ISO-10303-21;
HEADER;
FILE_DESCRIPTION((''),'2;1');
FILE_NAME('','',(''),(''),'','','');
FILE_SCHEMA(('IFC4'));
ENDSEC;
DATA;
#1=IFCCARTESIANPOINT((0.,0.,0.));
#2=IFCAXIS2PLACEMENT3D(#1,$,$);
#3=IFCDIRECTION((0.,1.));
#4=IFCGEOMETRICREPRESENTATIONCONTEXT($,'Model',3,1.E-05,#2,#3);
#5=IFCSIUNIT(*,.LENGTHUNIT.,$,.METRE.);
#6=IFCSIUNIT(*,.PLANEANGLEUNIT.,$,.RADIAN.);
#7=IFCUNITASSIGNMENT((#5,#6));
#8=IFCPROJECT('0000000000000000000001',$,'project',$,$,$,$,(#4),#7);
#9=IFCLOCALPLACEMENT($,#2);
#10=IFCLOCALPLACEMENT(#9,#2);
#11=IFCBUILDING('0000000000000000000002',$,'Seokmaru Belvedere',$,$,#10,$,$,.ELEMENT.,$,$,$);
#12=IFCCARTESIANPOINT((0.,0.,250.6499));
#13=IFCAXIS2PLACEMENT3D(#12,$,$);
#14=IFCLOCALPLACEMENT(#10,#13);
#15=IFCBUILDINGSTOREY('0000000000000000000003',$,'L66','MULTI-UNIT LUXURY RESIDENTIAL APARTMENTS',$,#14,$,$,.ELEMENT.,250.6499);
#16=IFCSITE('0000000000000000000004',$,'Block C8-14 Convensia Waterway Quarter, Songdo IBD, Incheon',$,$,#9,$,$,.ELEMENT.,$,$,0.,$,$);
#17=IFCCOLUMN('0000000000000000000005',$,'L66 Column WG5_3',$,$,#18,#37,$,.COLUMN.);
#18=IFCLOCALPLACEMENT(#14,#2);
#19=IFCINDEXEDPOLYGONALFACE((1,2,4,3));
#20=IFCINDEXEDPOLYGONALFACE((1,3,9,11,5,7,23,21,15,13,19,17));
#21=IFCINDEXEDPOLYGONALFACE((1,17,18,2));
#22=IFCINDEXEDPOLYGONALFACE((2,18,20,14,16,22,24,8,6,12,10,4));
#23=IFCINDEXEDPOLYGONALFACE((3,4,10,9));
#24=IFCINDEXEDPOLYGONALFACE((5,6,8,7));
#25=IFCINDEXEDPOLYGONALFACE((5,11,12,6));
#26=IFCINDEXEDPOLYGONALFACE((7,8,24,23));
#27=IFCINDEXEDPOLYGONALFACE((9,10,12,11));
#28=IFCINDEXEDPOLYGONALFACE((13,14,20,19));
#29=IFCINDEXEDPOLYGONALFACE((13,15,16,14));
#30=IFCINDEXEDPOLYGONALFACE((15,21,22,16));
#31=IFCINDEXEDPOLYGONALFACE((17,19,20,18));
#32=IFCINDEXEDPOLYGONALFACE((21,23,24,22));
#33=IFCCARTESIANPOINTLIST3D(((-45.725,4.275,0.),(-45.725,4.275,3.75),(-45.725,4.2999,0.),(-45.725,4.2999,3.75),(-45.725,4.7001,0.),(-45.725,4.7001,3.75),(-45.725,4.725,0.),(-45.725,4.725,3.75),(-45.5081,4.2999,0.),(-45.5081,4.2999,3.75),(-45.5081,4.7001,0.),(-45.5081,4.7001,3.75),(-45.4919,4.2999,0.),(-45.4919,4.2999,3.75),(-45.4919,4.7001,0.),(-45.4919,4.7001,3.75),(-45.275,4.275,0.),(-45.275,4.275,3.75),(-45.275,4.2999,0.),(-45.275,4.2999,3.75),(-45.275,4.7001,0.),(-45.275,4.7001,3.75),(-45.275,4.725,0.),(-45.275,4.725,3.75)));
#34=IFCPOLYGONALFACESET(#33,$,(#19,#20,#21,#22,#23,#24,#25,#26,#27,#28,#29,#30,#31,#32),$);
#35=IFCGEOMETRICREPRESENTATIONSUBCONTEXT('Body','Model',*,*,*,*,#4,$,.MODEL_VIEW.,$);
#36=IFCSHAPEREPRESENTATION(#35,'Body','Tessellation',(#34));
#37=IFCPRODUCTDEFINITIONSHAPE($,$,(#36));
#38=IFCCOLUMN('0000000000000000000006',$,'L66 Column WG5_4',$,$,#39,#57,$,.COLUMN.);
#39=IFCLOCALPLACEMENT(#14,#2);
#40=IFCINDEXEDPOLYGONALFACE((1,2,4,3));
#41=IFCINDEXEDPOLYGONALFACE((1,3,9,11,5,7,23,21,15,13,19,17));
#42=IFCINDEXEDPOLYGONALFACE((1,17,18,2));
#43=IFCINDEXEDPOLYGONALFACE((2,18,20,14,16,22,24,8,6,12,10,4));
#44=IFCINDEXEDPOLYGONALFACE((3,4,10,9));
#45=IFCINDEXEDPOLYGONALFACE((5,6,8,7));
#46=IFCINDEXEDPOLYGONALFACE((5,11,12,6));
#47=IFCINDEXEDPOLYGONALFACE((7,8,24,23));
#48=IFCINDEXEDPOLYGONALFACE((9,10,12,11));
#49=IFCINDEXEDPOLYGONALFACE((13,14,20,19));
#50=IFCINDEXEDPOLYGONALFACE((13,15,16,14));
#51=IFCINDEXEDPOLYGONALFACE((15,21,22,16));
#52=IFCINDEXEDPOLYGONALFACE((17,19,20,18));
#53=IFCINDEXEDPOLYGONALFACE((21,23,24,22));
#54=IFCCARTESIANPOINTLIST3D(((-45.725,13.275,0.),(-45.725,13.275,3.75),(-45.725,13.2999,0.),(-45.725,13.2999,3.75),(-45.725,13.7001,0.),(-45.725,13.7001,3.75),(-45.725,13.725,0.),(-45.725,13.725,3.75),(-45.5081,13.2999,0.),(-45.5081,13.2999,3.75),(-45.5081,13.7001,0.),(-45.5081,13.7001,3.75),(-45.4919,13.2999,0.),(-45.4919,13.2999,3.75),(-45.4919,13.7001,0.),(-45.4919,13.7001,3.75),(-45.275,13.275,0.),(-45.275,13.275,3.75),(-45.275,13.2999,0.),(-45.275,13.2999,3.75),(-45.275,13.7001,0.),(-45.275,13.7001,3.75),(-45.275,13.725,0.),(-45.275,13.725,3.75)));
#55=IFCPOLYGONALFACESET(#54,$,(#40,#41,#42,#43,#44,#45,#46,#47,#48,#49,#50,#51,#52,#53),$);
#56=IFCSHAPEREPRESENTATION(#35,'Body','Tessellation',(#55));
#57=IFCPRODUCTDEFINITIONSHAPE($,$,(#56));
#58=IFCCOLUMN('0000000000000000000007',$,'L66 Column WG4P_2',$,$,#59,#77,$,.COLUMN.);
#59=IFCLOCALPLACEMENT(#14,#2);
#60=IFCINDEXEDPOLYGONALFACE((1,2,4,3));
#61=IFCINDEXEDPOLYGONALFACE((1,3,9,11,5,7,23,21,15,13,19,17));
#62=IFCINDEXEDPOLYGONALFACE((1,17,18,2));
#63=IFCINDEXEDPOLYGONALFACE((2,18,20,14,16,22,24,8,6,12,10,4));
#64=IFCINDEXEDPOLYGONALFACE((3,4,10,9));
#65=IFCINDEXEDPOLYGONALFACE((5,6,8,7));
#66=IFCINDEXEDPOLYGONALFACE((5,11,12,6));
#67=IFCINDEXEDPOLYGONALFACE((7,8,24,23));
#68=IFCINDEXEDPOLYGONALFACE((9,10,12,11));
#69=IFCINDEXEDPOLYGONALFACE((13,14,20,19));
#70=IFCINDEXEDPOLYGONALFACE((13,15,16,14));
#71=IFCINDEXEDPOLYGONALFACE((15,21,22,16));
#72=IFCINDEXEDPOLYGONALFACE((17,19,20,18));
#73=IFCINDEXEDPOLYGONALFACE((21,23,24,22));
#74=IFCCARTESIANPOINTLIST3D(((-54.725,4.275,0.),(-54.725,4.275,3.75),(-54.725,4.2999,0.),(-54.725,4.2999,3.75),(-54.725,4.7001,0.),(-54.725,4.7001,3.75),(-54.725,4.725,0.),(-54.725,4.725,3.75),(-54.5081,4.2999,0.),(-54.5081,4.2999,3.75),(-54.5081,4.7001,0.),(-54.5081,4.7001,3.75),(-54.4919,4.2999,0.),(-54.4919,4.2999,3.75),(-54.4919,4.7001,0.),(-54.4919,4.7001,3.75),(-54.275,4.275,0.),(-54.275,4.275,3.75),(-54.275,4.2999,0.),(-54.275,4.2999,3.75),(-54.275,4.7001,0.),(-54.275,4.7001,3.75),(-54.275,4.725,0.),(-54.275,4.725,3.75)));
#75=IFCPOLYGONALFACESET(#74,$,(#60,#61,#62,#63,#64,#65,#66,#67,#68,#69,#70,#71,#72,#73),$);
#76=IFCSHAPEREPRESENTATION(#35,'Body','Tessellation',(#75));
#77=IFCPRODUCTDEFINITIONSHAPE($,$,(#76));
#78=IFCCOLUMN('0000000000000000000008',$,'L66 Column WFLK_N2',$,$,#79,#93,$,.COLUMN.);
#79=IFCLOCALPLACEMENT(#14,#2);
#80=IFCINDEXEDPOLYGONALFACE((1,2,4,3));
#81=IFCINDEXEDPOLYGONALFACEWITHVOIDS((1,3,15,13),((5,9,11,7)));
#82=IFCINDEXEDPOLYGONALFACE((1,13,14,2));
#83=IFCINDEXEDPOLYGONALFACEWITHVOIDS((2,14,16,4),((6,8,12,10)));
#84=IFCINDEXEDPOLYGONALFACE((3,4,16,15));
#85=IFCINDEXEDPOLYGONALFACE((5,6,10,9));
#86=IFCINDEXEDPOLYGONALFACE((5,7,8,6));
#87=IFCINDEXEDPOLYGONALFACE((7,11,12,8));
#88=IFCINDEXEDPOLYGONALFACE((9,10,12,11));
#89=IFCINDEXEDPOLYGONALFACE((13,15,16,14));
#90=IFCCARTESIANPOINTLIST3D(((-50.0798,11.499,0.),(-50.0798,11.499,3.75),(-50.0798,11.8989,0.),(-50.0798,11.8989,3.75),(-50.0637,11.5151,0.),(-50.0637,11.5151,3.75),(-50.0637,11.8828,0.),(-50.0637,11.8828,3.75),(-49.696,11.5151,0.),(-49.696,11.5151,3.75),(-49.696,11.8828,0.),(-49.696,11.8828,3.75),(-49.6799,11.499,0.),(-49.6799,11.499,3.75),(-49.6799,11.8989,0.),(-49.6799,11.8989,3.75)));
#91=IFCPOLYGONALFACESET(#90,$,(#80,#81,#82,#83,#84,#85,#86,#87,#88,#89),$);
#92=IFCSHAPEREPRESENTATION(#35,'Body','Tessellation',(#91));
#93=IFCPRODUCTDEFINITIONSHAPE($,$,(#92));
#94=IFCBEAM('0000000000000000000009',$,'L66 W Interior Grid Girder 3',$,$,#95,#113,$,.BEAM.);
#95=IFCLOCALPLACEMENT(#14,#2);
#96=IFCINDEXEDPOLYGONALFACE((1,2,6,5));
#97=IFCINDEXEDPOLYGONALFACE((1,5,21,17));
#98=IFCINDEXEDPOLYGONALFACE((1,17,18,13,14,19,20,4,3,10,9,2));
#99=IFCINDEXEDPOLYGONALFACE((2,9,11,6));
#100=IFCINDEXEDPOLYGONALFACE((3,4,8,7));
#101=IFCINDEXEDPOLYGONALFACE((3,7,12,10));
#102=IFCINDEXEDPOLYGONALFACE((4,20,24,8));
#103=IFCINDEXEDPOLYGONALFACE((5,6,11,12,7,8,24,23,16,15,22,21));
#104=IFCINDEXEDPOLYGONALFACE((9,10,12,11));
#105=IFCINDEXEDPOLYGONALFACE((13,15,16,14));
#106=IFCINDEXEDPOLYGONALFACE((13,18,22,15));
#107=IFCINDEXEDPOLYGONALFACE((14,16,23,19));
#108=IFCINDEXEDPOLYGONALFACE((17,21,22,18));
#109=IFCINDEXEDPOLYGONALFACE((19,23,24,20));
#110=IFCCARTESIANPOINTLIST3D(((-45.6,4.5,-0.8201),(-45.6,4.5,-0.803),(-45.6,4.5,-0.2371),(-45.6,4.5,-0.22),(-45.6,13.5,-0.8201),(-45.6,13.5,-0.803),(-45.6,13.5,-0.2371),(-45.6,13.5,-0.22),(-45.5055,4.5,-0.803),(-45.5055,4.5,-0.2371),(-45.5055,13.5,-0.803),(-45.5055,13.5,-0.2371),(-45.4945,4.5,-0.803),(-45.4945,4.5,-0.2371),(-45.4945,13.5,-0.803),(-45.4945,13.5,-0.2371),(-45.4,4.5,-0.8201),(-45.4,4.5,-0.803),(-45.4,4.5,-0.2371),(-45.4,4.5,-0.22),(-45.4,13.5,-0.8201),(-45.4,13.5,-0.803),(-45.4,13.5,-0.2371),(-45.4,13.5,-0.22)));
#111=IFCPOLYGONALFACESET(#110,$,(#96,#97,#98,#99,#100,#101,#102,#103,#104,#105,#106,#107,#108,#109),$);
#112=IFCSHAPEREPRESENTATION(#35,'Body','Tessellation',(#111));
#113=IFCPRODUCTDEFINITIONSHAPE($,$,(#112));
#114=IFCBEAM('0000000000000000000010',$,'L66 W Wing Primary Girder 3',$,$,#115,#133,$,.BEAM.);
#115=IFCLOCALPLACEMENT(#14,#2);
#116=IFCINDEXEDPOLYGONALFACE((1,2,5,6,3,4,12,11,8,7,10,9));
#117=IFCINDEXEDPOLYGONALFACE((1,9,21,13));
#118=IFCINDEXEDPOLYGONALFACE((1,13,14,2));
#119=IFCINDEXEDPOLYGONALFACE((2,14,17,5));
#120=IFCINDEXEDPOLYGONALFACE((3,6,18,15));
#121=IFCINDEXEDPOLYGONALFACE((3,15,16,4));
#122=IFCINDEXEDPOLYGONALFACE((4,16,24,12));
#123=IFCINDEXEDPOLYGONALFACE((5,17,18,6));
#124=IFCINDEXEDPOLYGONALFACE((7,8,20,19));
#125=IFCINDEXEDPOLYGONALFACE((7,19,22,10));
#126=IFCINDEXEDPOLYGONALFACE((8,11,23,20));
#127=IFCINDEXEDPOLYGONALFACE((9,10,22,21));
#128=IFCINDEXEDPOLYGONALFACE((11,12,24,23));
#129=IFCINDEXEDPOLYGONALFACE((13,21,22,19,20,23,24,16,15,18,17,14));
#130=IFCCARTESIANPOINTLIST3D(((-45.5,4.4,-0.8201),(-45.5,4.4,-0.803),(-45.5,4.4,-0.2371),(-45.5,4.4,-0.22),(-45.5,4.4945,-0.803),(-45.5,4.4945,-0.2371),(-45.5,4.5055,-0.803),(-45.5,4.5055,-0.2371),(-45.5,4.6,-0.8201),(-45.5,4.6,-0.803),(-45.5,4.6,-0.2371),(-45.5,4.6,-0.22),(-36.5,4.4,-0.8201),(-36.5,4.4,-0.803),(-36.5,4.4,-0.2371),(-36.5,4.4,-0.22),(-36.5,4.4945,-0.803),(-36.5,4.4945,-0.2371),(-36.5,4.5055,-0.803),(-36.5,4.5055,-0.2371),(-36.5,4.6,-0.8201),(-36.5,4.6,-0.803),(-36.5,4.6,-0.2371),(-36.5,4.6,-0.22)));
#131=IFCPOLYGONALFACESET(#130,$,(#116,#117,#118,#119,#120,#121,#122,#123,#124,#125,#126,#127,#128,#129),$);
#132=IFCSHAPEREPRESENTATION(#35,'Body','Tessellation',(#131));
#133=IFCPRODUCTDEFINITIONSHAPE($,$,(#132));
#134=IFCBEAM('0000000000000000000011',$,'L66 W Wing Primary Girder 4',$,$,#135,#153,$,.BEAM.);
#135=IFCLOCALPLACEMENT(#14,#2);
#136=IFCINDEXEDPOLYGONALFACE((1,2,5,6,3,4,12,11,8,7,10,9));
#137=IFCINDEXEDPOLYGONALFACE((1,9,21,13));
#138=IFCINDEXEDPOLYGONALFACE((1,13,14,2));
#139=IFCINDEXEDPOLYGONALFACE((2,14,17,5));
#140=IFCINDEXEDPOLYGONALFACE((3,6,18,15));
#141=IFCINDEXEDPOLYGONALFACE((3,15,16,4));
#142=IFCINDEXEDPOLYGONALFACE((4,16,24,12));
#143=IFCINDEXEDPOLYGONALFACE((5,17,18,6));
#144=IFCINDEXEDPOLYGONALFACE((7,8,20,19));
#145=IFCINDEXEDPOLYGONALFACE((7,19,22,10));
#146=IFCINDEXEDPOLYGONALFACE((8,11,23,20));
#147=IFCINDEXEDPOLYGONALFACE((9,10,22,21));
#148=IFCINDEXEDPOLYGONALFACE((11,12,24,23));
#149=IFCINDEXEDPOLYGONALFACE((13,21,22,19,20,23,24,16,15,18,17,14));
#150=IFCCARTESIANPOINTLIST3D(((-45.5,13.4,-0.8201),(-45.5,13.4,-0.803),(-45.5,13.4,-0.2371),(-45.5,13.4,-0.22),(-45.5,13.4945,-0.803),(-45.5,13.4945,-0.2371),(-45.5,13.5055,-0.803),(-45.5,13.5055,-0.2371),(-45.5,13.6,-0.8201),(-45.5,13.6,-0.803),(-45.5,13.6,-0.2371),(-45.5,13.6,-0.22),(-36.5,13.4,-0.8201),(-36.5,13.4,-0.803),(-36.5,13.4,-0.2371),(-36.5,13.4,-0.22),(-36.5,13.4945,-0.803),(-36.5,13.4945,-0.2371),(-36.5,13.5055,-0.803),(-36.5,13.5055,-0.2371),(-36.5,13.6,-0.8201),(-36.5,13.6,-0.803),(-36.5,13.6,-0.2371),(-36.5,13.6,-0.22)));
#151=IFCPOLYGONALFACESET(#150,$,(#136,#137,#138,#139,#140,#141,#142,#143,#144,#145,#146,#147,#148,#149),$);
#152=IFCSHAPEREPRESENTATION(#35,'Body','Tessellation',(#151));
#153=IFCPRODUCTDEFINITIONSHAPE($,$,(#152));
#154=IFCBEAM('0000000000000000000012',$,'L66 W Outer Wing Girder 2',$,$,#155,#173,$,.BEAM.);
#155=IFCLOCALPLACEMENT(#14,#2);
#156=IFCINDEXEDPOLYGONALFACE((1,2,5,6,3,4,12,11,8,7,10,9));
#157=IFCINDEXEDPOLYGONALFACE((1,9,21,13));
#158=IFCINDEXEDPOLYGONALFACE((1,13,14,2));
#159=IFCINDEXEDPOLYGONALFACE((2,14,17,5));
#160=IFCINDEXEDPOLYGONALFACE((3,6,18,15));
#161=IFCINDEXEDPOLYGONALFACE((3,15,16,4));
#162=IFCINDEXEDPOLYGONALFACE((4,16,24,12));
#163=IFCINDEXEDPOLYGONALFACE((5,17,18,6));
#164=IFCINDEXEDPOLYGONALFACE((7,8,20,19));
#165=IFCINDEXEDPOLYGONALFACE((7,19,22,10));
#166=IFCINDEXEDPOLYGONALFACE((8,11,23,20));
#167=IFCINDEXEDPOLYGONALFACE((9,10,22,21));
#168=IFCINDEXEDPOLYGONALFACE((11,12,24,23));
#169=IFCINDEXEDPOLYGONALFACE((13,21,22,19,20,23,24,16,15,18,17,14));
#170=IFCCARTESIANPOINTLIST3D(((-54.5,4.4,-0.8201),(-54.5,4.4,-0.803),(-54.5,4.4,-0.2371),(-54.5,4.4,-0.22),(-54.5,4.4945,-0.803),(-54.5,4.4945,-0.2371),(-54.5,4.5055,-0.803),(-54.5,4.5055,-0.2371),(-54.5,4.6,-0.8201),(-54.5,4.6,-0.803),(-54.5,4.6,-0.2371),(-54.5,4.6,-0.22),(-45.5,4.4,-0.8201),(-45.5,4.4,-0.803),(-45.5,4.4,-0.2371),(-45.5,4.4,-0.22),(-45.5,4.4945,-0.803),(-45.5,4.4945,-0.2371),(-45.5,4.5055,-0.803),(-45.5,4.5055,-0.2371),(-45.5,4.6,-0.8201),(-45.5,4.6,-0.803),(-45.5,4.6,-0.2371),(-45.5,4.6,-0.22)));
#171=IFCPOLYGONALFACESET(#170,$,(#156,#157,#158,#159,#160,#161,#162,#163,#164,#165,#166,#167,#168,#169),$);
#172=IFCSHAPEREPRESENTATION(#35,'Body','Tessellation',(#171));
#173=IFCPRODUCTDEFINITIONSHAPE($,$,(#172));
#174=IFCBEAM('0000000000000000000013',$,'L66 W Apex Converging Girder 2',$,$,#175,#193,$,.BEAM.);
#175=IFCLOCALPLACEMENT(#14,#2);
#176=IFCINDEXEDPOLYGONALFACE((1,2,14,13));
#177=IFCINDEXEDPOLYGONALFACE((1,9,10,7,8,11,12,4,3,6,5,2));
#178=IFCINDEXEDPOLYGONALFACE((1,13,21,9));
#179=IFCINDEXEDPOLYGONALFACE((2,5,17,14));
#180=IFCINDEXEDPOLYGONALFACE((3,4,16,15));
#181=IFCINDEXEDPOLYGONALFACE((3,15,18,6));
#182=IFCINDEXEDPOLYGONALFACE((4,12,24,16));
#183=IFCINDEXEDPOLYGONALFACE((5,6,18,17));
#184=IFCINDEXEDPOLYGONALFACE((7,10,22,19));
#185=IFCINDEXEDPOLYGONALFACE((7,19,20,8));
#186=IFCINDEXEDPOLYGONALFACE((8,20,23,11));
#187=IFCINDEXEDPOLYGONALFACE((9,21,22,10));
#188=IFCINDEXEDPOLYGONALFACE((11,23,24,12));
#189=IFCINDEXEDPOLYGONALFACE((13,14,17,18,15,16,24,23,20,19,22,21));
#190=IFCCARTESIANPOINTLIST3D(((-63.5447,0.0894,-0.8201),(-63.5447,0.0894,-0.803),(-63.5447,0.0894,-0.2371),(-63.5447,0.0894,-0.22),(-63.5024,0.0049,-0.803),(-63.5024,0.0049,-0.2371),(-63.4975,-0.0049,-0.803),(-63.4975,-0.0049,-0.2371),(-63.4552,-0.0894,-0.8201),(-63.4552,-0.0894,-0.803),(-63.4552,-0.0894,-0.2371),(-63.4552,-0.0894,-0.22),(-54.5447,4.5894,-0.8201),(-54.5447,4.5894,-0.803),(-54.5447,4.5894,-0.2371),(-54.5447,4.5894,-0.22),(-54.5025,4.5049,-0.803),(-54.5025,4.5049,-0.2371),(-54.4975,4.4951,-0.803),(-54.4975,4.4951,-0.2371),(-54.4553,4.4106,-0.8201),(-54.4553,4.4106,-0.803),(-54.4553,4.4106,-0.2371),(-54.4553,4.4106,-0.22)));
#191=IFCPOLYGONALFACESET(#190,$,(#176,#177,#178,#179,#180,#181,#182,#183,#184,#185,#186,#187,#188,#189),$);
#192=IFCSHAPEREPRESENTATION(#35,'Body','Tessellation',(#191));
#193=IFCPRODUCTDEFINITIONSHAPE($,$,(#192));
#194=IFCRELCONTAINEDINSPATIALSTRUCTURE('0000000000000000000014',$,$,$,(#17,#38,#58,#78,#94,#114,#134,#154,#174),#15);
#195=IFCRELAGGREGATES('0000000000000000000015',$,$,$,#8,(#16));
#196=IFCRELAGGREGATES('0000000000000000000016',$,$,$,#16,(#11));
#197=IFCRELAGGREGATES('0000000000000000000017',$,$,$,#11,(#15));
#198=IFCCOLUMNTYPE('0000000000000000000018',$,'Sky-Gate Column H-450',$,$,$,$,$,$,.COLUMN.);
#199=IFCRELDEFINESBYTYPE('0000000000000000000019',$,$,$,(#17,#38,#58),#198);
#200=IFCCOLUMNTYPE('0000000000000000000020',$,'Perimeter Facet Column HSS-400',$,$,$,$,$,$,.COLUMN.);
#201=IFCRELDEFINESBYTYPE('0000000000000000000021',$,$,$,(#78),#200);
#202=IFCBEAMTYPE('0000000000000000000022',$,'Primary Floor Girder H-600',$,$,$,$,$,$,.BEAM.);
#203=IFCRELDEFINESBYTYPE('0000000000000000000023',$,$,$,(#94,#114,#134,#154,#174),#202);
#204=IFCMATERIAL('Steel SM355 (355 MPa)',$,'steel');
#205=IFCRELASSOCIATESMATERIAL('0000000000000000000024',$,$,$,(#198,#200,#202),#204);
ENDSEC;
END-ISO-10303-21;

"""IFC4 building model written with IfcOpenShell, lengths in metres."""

from ifc_helpers import new_model, si_unit, direction, frame, origin, origin_2d, place, context, subcontext, project, spatial, hollow_rectangle, i_section, extrude, source, transform, mapped, material, material_profile, profile_set, type_object, type_shapes, element, save


model = new_model("IFC4")

# Units and contexts
model_context = context("Model", 3, precision=1e-05, world=origin(), true_north=direction((0.0, 1.0)))
body_context = subcontext(model_context, "Body", "Model", "MODEL_VIEW")
ifc_project = project(units=[si_unit("LENGTHUNIT", "METRE"), si_unit("PLANEANGLEUNIT", "RADIAN")], contexts=[model_context])

# Site, building, storey
site_placement = place(None, origin())
site = spatial("IfcSite", under=ifc_project, at=site_placement, Name="Block C8-14 Convensia Waterway Quarter, Songdo IBD, Incheon", CompositionType="ELEMENT", RefElevation=0.0)
building_placement = place(site_placement, origin())
building = spatial("IfcBuilding", under=site, at=building_placement, Name="Seokmaru Belvedere", CompositionType="ELEMENT")
storey_placement = place(building_placement, frame((0.0, 0.0, 250.6499)))
storey = spatial("IfcBuildingStorey", under=building, at=storey_placement, Name="L66", Description="MULTI-UNIT LUXURY RESIDENTIAL APARTMENTS", CompositionType="ELEMENT", Elevation=250.6499)

# Columns
ifc_material_1 = material(Name="Steel SM355 (355 MPa)", Category="steel")
ifc_material_profile_1 = material_profile(ifc_material_1, i_section(OverallWidth=0.45, OverallDepth=0.45, WebThickness=0.0161, FlangeThickness=0.0249, at=origin_2d()), Name="H-450x450x16x25")
ifc_profile_set_1 = profile_set([ifc_material_profile_1], Name="Steel SM355 (355 MPa)")
column_type_1 = type_object("IfcColumnType", Name="Sky-Gate Column H-450", PredefinedType="COLUMN", material=ifc_profile_set_1)
shared_shape_1 = source(origin(), body_context, "Body", "SweptSolid", [
    extrude(i_section(OverallWidth=0.45, OverallDepth=0.45, WebThickness=0.0161, FlangeThickness=0.0249, at=origin_2d()), origin(), (0.0, 0.0, 1.0), 3.75),
])
type_shapes(column_type_1, [shared_shape_1])
for number, where, z_axis, x_axis, name in (
    (1, (-45.5, 4.5, 0.0), (0.0, 0.0, 1.0), (1.0, 0.0, 0.0), "L66 Column WG5_3"),
    (2, (-45.5, 13.5, 0.0), (0.0, 0.0, 1.0), (1.0, 0.0, 0.0), "L66 Column WG5_4"),
    (3, (-54.5, 4.5, 0.0), (0.0, 0.0, 1.0), (1.0, 0.0, 0.0), "L66 Column WG4P_2"),
):
    element("IfcColumn", number, at=place(storey_placement, frame(where, z_axis=z_axis, x_axis=x_axis)), inside=storey, type_object=column_type_1, Name=name, PredefinedType="COLUMN", context=body_context, shape_type="MappedRepresentation", body=[
        mapped(shared_shape_1, transform((0.0, 0.0, 0.0), scale=1.0)),
    ])
ifc_material_profile_2 = material_profile(ifc_material_1, hollow_rectangle(XDim=0.3999, YDim=0.3999, WallThickness=0.0161, at=origin_2d()), Name="HSS-400x400x16")
ifc_profile_set_2 = profile_set([ifc_material_profile_2], Name="Steel SM355 (355 MPa)")
column_type_2 = type_object("IfcColumnType", Name="Perimeter Facet Column HSS-400", PredefinedType="COLUMN", material=ifc_profile_set_2)
shared_shape_2 = source(origin(), body_context, "Body", "SweptSolid", [
    extrude(hollow_rectangle(XDim=0.3999, YDim=0.3999, WallThickness=0.0161, at=origin_2d()), origin(), (0.0, 0.0, 1.0), 3.75),
])
type_shapes(column_type_2, [shared_shape_2])
column_placement = place(storey_placement, frame((-49.8799, 11.699, 0.0), z_axis=(0.0, 0.0, 1.0), x_axis=(1.0, 0.0, 0.0)))
element("IfcColumn", 4, at=column_placement, inside=storey, type_object=column_type_2, Name="L66 Column WFLK_N2", PredefinedType="COLUMN", context=body_context, shape_type="MappedRepresentation", body=[
    mapped(shared_shape_2, transform((0.0, 0.0, 0.0), scale=1.0)),
])

# Beams
ifc_material_profile_3 = material_profile(ifc_material_1, i_section(OverallWidth=0.2, OverallDepth=0.6001, WebThickness=0.011, FlangeThickness=0.0171, at=origin_2d()), Name="H-600x200x11x17")
ifc_profile_set_3 = profile_set([ifc_material_profile_3], Name="Steel SM355 (355 MPa)")
beam_type_1 = type_object("IfcBeamType", Name="Primary Floor Girder H-600", PredefinedType="BEAM", material=ifc_profile_set_3)
shared_shape_3 = source(origin(), body_context, "Body", "SweptSolid", [
    extrude(i_section(OverallWidth=0.2, OverallDepth=0.6001, WebThickness=0.011, FlangeThickness=0.0171, at=origin_2d()), origin(), (0.0, 0.0, 1.0), 9.0),
])
for number, where, z_axis, x_axis, name in (
    (5, (-45.5, 4.5, -0.52), (0.0, 1.0, 0.0), (-1.0, 0.0, 0.0), "L66 W Interior Grid Girder 3"),
    (6, (-45.5, 4.5, -0.52), (1.0, 0.0, 0.0), (0.0, 1.0, 0.0), "L66 W Wing Primary Girder 3"),
    (7, (-45.5, 13.5, -0.52), (1.0, 0.0, 0.0), (0.0, 1.0, 0.0), "L66 W Wing Primary Girder 4"),
    (8, (-54.5, 4.5, -0.52), (1.0, 0.0, 0.0), (0.0, 1.0, 0.0), "L66 W Outer Wing Girder 2"),
):
    element("IfcBeam", number, at=place(storey_placement, frame(where, z_axis=z_axis, x_axis=x_axis)), inside=storey, type_object=beam_type_1, Name=name, PredefinedType="BEAM", context=body_context, shape_type="MappedRepresentation", body=[
        mapped(shared_shape_3, transform((0.0, 0.0, 0.0), scale=1.0)),
    ])
shared_shape_4 = source(origin(), body_context, "Body", "SweptSolid", [
    extrude(i_section(OverallWidth=0.2, OverallDepth=0.6001, WebThickness=0.011, FlangeThickness=0.0171, at=origin_2d()), origin(), (0.0, 0.0, 1.0), 10.0623),
])
beam_1_placement = place(storey_placement, frame((-54.5, 4.5, -0.52), z_axis=(-0.894427, -0.447214, 0.0), x_axis=(0.447214, -0.894427, 0.0)))
element("IfcBeam", 9, at=beam_1_placement, inside=storey, type_object=beam_type_1, Name="L66 W Apex Converging Girder 2", PredefinedType="BEAM", context=body_context, shape_type="MappedRepresentation", body=[
    mapped(shared_shape_4, transform((0.0, 0.0, 0.0), scale=1.0)),
])

save(model, "model.ifc")
